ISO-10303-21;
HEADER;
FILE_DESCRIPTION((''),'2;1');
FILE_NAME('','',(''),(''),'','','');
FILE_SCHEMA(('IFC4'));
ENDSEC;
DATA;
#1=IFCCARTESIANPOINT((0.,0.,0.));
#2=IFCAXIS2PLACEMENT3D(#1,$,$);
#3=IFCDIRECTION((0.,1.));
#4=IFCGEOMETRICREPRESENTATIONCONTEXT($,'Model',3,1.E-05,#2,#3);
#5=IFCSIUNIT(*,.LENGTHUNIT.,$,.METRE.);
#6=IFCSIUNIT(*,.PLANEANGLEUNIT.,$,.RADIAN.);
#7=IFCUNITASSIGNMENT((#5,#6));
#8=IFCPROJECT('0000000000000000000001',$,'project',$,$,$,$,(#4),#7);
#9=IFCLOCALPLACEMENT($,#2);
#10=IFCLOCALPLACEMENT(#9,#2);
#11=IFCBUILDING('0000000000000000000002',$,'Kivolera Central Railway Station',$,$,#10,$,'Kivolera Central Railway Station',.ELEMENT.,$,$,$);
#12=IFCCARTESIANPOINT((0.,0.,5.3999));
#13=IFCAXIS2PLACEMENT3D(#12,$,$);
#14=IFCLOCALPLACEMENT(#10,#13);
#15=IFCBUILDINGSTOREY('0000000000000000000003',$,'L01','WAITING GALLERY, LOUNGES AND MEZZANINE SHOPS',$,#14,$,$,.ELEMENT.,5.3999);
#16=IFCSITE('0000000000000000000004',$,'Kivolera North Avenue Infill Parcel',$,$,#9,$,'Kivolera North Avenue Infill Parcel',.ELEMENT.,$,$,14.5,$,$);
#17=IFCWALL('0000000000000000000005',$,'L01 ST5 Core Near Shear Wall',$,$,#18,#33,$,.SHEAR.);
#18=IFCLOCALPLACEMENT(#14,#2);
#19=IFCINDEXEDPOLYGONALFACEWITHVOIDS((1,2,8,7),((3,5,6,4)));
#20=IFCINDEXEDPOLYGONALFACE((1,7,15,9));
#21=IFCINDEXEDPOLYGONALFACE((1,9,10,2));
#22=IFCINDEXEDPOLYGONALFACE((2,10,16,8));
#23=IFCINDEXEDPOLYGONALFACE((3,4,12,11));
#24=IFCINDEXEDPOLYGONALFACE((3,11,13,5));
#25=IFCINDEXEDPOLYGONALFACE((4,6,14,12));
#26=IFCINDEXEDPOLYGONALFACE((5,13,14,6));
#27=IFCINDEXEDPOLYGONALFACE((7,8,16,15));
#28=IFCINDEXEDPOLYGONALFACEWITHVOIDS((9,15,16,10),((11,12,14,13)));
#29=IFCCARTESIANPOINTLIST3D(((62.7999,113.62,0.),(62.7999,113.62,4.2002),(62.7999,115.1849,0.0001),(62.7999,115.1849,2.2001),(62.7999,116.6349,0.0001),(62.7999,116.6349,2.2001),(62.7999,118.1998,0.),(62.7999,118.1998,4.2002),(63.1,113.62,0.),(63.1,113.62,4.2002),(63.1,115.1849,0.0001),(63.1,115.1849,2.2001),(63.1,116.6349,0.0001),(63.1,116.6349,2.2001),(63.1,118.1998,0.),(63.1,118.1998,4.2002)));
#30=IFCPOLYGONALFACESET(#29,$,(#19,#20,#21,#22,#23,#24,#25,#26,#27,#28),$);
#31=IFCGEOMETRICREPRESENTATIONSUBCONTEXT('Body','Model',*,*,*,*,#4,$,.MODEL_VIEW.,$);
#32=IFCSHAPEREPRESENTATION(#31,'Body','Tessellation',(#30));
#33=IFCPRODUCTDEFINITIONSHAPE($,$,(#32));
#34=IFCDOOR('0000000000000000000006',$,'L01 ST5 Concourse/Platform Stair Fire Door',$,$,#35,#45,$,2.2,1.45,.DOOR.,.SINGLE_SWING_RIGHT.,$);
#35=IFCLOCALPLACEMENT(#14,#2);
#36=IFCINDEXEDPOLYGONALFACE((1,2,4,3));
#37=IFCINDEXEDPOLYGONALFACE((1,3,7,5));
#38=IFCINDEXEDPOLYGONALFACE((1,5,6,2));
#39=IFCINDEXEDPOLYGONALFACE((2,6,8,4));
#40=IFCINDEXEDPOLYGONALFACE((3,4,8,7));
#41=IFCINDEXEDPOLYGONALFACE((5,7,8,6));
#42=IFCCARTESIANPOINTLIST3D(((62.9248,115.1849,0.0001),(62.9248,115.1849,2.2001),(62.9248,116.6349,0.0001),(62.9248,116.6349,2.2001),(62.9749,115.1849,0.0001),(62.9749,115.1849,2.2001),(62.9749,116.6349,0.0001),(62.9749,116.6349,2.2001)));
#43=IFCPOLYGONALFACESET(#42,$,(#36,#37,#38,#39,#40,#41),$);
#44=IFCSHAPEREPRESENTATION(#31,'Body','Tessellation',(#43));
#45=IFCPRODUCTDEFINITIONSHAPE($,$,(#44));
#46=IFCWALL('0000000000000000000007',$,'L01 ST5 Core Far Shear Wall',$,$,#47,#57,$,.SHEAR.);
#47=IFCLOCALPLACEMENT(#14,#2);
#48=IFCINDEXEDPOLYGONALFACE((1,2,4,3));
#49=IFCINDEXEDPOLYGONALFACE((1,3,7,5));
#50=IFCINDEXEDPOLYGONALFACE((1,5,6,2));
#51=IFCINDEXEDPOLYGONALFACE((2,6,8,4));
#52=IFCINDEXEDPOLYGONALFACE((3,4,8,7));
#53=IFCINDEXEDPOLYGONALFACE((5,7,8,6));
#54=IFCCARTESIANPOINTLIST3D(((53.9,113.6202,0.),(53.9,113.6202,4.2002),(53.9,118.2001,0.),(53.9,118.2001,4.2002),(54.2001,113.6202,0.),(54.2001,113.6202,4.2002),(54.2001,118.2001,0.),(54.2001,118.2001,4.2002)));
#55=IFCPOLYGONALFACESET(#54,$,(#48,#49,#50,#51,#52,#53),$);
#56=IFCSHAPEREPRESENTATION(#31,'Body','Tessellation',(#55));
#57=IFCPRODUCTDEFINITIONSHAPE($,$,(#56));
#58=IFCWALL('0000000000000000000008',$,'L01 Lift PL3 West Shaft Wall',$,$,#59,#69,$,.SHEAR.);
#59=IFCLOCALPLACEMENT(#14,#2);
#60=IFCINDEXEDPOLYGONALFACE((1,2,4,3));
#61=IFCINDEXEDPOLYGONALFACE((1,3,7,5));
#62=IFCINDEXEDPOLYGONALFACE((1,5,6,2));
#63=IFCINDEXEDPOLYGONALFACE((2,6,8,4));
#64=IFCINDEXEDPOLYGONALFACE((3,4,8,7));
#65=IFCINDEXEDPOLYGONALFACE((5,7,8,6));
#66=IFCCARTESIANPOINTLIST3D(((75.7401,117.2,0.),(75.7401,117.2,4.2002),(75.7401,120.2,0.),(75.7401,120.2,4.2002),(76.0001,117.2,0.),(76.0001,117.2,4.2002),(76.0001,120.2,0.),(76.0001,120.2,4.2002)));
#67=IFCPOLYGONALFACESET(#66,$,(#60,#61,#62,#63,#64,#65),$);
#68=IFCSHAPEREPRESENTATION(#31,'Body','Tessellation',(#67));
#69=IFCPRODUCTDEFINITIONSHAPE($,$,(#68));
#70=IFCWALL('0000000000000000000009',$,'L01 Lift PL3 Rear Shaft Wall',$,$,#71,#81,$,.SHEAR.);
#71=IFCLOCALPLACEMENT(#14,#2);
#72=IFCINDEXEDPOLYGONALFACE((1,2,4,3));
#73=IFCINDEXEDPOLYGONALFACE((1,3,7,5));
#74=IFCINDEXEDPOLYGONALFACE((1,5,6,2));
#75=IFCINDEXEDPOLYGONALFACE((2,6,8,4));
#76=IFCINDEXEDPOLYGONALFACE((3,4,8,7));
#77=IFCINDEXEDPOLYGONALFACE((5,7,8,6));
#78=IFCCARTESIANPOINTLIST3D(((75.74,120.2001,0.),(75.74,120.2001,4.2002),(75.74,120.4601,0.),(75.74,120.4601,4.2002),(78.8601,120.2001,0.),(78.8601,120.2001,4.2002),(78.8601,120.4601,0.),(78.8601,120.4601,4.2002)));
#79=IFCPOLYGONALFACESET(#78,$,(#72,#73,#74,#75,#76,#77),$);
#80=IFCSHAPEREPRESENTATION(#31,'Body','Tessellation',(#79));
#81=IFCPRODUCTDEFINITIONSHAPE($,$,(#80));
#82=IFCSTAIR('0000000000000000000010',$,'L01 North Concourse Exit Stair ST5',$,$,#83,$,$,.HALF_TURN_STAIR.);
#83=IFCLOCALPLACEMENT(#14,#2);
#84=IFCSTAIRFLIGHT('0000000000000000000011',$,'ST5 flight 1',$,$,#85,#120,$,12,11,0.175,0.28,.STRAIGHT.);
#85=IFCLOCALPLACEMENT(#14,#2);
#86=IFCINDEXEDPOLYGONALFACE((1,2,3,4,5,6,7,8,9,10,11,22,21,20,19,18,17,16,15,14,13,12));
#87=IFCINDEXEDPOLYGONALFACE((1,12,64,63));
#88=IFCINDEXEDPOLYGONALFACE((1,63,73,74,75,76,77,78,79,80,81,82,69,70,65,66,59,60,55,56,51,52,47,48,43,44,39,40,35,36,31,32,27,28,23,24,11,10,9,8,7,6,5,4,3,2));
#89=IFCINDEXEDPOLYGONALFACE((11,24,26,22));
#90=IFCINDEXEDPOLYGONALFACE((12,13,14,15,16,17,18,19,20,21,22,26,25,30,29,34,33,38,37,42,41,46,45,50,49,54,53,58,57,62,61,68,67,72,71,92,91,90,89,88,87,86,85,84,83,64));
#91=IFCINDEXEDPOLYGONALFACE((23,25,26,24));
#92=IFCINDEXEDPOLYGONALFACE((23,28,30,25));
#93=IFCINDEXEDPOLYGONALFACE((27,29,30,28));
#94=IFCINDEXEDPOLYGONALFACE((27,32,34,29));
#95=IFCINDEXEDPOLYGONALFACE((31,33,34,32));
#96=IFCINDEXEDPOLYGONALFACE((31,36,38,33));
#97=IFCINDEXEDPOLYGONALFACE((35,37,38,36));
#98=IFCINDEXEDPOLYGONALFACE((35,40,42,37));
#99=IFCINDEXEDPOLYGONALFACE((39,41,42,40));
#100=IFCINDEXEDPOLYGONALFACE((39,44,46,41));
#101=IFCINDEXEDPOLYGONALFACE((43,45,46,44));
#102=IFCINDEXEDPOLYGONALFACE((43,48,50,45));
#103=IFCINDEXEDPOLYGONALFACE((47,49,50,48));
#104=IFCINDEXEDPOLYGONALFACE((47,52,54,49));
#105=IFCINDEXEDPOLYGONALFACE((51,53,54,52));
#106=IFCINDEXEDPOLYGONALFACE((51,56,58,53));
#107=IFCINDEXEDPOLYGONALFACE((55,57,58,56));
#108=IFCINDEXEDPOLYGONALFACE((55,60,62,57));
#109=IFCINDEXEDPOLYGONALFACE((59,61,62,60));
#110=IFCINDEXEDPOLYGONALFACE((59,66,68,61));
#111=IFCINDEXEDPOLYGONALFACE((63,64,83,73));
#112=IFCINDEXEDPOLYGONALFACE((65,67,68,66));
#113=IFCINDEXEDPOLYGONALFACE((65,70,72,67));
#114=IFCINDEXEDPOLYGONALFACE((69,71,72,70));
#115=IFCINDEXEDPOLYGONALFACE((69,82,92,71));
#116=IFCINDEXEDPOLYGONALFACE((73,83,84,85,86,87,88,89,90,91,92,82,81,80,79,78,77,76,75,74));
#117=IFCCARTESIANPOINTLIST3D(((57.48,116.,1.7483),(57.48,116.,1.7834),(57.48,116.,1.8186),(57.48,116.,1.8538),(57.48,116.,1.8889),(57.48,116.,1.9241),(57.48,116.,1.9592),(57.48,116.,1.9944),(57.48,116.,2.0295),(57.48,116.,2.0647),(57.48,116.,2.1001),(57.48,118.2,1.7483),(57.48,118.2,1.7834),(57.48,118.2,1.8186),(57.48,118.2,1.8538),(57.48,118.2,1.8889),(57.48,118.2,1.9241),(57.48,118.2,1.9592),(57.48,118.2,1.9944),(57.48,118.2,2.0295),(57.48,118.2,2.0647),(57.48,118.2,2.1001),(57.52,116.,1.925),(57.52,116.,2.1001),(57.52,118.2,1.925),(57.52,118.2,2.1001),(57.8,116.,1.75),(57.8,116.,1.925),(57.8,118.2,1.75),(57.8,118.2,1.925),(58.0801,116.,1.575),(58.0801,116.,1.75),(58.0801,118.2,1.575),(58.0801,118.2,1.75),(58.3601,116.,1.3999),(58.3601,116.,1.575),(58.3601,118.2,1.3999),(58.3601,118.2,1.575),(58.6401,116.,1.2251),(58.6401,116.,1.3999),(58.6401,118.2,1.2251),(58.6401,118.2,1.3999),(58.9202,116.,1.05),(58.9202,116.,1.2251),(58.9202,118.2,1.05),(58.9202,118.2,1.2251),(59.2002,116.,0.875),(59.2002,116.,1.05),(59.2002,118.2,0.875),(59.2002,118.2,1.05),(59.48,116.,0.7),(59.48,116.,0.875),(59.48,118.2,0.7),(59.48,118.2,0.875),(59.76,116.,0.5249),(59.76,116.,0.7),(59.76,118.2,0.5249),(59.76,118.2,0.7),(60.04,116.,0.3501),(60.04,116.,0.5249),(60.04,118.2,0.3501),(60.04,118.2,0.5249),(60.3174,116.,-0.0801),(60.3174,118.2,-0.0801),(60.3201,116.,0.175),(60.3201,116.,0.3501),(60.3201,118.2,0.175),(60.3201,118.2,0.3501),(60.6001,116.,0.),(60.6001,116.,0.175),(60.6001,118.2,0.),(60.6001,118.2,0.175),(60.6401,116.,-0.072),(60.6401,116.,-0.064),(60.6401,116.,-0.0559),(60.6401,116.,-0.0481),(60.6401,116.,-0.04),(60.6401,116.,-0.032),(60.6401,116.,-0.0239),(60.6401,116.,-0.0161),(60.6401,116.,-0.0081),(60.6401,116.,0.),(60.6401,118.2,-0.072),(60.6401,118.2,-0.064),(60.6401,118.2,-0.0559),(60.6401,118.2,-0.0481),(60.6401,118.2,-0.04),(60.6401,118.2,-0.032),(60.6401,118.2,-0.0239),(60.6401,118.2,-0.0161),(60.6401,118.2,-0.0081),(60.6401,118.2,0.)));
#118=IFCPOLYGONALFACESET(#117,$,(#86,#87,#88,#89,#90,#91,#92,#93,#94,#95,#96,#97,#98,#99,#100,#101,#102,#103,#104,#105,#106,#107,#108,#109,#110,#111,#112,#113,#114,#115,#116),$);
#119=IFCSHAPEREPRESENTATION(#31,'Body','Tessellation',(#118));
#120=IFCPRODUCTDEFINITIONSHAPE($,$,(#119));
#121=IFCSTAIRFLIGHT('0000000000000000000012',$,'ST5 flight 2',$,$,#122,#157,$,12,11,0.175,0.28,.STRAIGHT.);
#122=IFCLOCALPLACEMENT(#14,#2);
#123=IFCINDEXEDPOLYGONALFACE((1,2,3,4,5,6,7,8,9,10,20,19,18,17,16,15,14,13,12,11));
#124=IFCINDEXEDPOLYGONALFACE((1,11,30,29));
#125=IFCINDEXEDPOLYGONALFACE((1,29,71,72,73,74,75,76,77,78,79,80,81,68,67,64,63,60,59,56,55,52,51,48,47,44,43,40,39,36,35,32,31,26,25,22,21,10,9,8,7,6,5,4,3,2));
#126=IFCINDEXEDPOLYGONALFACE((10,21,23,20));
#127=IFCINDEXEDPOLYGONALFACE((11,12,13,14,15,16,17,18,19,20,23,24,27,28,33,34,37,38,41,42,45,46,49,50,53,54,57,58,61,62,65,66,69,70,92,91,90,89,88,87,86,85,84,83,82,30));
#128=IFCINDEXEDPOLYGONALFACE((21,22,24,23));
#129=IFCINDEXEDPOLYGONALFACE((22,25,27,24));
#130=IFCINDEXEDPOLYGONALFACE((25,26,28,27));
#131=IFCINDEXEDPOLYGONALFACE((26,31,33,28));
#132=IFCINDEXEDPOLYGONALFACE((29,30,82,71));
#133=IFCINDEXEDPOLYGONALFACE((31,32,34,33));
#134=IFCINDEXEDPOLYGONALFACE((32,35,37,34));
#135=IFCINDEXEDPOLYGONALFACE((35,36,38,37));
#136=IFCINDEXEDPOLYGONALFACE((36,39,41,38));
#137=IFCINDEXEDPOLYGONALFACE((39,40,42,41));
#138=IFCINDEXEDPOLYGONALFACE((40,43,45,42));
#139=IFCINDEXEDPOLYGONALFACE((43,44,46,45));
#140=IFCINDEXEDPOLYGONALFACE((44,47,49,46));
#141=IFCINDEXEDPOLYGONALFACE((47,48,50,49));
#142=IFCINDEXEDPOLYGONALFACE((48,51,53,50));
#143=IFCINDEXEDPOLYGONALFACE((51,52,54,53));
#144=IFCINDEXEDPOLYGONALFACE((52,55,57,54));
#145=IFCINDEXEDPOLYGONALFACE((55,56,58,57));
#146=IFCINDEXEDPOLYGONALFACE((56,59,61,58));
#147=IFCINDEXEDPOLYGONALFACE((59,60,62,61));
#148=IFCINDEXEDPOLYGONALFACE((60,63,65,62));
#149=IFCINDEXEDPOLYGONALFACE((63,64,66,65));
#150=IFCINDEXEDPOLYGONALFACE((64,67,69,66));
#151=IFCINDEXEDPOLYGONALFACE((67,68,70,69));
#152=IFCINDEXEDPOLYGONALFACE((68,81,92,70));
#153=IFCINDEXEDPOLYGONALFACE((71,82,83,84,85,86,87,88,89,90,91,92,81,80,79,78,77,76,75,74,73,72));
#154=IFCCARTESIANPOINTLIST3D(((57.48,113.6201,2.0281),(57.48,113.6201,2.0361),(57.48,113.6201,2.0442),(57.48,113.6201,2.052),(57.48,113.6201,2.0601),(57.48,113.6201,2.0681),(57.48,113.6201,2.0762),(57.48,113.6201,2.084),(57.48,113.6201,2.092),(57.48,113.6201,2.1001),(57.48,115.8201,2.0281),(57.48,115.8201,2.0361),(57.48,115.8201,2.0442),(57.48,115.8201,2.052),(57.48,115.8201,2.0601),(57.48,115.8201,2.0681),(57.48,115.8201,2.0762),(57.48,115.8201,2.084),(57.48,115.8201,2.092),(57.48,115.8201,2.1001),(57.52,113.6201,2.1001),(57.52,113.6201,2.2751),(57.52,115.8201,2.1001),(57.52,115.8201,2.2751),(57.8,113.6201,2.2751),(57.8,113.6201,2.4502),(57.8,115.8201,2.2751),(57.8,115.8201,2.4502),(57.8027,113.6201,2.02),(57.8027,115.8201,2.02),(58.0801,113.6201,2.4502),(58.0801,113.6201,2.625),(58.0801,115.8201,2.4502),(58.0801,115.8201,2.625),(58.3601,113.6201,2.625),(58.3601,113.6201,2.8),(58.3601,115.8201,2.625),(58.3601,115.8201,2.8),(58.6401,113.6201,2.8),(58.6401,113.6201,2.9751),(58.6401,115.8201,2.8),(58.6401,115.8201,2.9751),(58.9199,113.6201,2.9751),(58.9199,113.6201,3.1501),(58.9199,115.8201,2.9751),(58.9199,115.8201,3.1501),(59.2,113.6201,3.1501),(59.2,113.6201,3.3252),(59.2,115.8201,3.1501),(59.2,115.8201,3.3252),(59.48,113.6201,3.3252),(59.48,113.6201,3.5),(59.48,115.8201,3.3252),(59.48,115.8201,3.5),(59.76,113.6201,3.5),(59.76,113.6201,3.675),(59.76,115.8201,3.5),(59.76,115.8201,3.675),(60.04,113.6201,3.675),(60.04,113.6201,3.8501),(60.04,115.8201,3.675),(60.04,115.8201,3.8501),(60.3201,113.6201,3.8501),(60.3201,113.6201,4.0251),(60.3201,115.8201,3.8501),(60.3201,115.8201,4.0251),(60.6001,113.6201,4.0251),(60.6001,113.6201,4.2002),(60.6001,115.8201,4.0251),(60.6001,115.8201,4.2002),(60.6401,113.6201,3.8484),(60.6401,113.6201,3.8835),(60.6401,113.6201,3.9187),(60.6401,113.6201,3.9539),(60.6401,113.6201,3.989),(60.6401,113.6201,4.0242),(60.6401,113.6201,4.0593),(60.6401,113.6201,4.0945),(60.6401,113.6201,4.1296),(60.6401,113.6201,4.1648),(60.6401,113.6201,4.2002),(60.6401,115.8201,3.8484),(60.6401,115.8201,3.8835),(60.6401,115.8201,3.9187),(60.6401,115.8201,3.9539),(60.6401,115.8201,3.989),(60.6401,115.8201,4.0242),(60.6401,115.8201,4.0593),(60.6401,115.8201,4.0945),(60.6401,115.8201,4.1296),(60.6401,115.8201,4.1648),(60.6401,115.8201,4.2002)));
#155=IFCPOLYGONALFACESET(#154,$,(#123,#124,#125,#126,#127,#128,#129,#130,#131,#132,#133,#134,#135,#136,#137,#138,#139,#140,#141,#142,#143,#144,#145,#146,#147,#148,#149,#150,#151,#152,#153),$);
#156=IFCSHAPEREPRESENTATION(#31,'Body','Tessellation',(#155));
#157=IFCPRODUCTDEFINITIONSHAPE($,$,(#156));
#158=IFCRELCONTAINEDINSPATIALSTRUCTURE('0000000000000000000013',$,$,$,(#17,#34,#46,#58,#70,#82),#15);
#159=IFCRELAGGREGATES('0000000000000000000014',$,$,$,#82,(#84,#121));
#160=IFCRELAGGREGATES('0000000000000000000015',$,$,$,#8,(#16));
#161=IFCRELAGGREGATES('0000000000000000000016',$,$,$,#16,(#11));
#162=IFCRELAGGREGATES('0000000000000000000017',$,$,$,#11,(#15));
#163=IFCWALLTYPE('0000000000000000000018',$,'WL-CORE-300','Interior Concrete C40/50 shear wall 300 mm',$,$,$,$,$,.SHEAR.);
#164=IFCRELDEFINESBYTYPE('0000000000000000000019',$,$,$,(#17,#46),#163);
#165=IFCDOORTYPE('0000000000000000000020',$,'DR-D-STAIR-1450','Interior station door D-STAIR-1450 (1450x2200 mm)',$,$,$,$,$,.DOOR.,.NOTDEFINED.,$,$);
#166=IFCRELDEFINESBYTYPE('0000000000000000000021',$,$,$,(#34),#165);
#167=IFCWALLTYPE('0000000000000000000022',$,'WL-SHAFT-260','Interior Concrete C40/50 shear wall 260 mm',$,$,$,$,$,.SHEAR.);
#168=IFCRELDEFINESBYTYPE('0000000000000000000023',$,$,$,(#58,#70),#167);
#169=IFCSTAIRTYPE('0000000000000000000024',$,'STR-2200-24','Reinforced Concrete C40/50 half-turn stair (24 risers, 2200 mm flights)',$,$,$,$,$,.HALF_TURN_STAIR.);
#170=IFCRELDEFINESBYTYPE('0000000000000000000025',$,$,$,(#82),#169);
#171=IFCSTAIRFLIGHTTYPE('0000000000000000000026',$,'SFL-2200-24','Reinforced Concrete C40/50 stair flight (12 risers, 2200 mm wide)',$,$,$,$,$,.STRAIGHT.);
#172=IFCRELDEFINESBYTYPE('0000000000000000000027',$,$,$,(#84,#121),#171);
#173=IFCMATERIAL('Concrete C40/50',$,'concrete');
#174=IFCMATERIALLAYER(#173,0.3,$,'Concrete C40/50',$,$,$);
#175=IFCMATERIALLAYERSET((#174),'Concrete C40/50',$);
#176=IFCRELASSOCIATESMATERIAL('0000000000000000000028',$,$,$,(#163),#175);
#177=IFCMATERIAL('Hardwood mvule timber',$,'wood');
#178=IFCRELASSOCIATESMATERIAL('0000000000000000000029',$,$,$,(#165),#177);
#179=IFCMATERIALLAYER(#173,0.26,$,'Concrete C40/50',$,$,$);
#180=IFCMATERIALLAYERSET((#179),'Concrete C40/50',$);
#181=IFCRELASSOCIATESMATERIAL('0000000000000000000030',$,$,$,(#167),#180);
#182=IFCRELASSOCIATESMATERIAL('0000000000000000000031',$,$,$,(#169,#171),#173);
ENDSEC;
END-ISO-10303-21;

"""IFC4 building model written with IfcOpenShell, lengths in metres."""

from ifc_helpers import new_model, si_unit, direction, frame, frame_2d, origin, place, context, subcontext, project, spatial, polyline, rectangle, outline, extrude, material, layer, layer_set, type_object, element, fill, aggregate, save


model = new_model("IFC4")

# Units and contexts
model_context = context("Model", 3, precision=1e-05, world=origin(), true_north=direction((0.0, 1.0)))
body_context = subcontext(model_context, "Body", "Model", "MODEL_VIEW")
ifc_project = project(units=[si_unit("LENGTHUNIT", "METRE"), si_unit("PLANEANGLEUNIT", "RADIAN")], contexts=[model_context])

# Site, building, storey
site_placement = place(None, origin())
site = spatial("IfcSite", under=ifc_project, at=site_placement, Name="Kivolera North Avenue Infill Parcel", LongName="Kivolera North Avenue Infill Parcel", CompositionType="ELEMENT", RefElevation=14.5)
building_placement = place(site_placement, origin())
building = spatial("IfcBuilding", under=site, at=building_placement, Name="Kivolera Central Railway Station", LongName="Kivolera Central Railway Station", CompositionType="ELEMENT")
storey_placement = place(building_placement, frame((0.0, 0.0, 5.3999)))
storey = spatial("IfcBuildingStorey", under=building, at=storey_placement, Name="L01", Description="WAITING GALLERY, LOUNGES AND MEZZANINE SHOPS", CompositionType="ELEMENT", Elevation=5.3999)

# Shared definitions
ifc_material_1 = material(Name="Concrete C40/50", Category="concrete")

# Shared definitions
ifc_layer_1 = layer(ifc_material_1, 0.3, Name="Concrete C40/50")
ifc_layer_set_1 = layer_set([ifc_layer_1], Name="Concrete C40/50")
wall_type_1 = type_object("IfcWallType", Name="WL-CORE-300", Description="Interior Concrete C40/50 shear wall 300 mm", PredefinedType="SHEAR", material=ifc_layer_set_1)

# Wall, opening, door
wall_1_placement = place(storey_placement, frame((62.95, 118.2, 0.0), z_axis=(0.0, 0.0, 1.0), x_axis=(0.0, -1.0, 0.0)))
wall_1 = element("IfcWall", 1, at=wall_1_placement, inside=storey, type_object=wall_type_1, Name="L01 ST5 Core Near Shear Wall", PredefinedType="SHEAR", context=body_context, shape_type="SweptSolid", body=[
    extrude(rectangle(XDim=4.5798, YDim=0.3, at=frame_2d((2.29, 0.0))), origin(), (0.0, 0.0, 1.0), 4.2002),
])
opening_1_placement = place(wall_1_placement, frame((1.5649, 0.0, 0.0)))
opening_1 = element("IfcOpeningElement", 2, at=opening_1_placement, cuts=wall_1, PredefinedType="OPENING", context=body_context, shape_type="SweptSolid", body=[
    extrude(rectangle(XDim=1.45, YDim=2.2, at=frame_2d((0.7251, 1.1001))), frame((0.0, 0.1599, 0.0), z_axis=(0.0, -1.0, 0.0), x_axis=(1.0, 0.0, 0.0)), (0.0, 0.0, 1.0), 0.3201),
])
ifc_material_2 = material(Name="Hardwood mvule timber", Category="wood")
door_type_1 = type_object("IfcDoorType", Name="DR-D-STAIR-1450", Description="Interior station door D-STAIR-1450 (1450x2200 mm)", OperationType="NOTDEFINED", PredefinedType="DOOR", material=ifc_material_2)
door_1_placement = place(opening_1_placement, origin())
door_1 = element("IfcDoor", 3, at=door_1_placement, inside=storey, type_object=door_type_1, Name="L01 ST5 Concourse/Platform Stair Fire Door", OperationType="SINGLE_SWING_RIGHT", OverallHeight=2.2, OverallWidth=1.45, PredefinedType="DOOR", context=body_context, shape_type="SweptSolid", body=[
    extrude(rectangle(XDim=1.45, YDim=2.2, at=frame_2d((0.7251, 1.1001))), frame((0.0, 0.0249, 0.0), z_axis=(0.0, -1.0, 0.0), x_axis=(1.0, 0.0, 0.0)), (0.0, 0.0, 1.0), 0.05),
])
fill(opening_1, door_1)

# Wall
wall_2_placement = place(storey_placement, frame((54.05, 113.6201, 0.0), z_axis=(0.0, 0.0, 1.0), x_axis=(0.0, 1.0, 0.0)))
element("IfcWall", 4, at=wall_2_placement, inside=storey, type_object=wall_type_1, Name="L01 ST5 Core Far Shear Wall", PredefinedType="SHEAR", context=body_context, shape_type="SweptSolid", body=[
    extrude(rectangle(XDim=4.5798, YDim=0.3, at=frame_2d((2.29, 0.0))), origin(), (0.0, 0.0, 1.0), 4.2002),
])

# Shared definitions
ifc_layer_2 = layer(ifc_material_1, 0.26, Name="Concrete C40/50")
ifc_layer_set_2 = layer_set([ifc_layer_2], Name="Concrete C40/50")
wall_type_2 = type_object("IfcWallType", Name="WL-SHAFT-260", Description="Interior Concrete C40/50 shear wall 260 mm", PredefinedType="SHEAR", material=ifc_layer_set_2)

# Walls
wall_3_placement = place(storey_placement, frame((75.8701, 117.2, 0.0), z_axis=(0.0, 0.0, 1.0), x_axis=(0.0, 1.0, 0.0)))
element("IfcWall", 5, at=wall_3_placement, inside=storey, type_object=wall_type_2, Name="L01 Lift PL3 West Shaft Wall", PredefinedType="SHEAR", context=body_context, shape_type="SweptSolid", body=[
    extrude(rectangle(XDim=3.0, YDim=0.26, at=frame_2d((1.5, 0.0))), origin(), (0.0, 0.0, 1.0), 4.2002),
])
wall_4_placement = place(storey_placement, frame((75.74, 120.3301, 0.0), z_axis=(0.0, 0.0, 1.0), x_axis=(1.0, 0.0, 0.0)))
element("IfcWall", 6, at=wall_4_placement, inside=storey, type_object=wall_type_2, Name="L01 Lift PL3 Rear Shaft Wall", PredefinedType="SHEAR", context=body_context, shape_type="SweptSolid", body=[
    extrude(rectangle(XDim=3.1201, YDim=0.26, at=frame_2d((1.5601, 0.0))), origin(), (0.0, 0.0, 1.0), 4.2002),
])

# Stair, stair flights
stair_type = type_object("IfcStairType", Name="STR-2200-24", Description="Reinforced Concrete C40/50 half-turn stair (24 risers, 2200 mm flights)", PredefinedType="HALF_TURN_STAIR", material=ifc_material_1)
stair_placement = place(storey_placement, origin())
stair = element("IfcStair", 7, at=stair_placement, inside=storey, type_object=stair_type, Name="L01 North Concourse Exit Stair ST5", PredefinedType="HALF_TURN_STAIR")
stair_flight_type = type_object("IfcStairFlightType", Name="SFL-2200-24", Description="Reinforced Concrete C40/50 stair flight (12 risers, 2200 mm wide)", PredefinedType="STRAIGHT", material=ifc_material_1)
stair_flight_1_placement = place(storey_placement, frame((60.6001, 117.1001, 0.0), z_axis=(0.0, 0.0, 1.0), x_axis=(-1.0, 0.0, 0.0)))
stair_flight_1 = element("IfcStairFlight", 8, at=stair_flight_1_placement, type_object=stair_flight_type, Name="ST5 flight 1", NumberOfRisers=12, NumberOfTreads=11, PredefinedType="STRAIGHT", RiserHeight=0.175, TreadLength=0.28, context=body_context, shape_type="SweptSolid", body=[
    extrude(outline(polyline([(-0.04, 0.0), (0.0, 0.0), (0.0, 0.175), (0.28, 0.175), (0.28, 0.3501), (0.5601, 0.3501), (0.5601, 0.5249), (0.8401, 0.5249), (0.8401, 0.7), (1.1201, 0.7), (1.1201, 0.875), (1.3999, 0.875), (1.3999, 1.05), (1.6799, 1.05), (1.6799, 1.2251), (1.96, 1.2251), (1.96, 1.3999), (2.24, 1.3999), (2.24, 1.575), (2.52, 1.575), (2.52, 1.75), (2.8, 1.75), (2.8, 1.925), (3.0801, 1.925), (3.0801, 2.1001), (3.1201, 2.1001), (3.1201, 2.0647), (3.1201, 2.0295), (3.1201, 1.9944), (3.1201, 1.9592), (3.1201, 1.9241), (3.1201, 1.8889), (3.1201, 1.8538), (3.1201, 1.8186), (3.1201, 1.7834), (3.1201, 1.7483), (0.2827, -0.0801), (-0.04, -0.072), (-0.04, -0.064), (-0.04, -0.0559), (-0.04, -0.0481), (-0.04, -0.04), (-0.04, -0.032), (-0.04, -0.0239), (-0.04, -0.0161), (-0.04, -0.0081), (-0.04, 0.0)])), frame((0.0, 1.1001, 0.0), z_axis=(0.0, -1.0, 0.0), x_axis=(1.0, 0.0, 0.0)), (0.0, 0.0, 1.0), 2.2),
])
stair_flight_2_placement = place(storey_placement, frame((57.52, 114.72, 2.1001), z_axis=(0.0, 0.0, 1.0), x_axis=(1.0, 0.0, 0.0)))
stair_flight_2 = element("IfcStairFlight", 9, at=stair_flight_2_placement, type_object=stair_flight_type, Name="ST5 flight 2", NumberOfRisers=12, NumberOfTreads=11, PredefinedType="STRAIGHT", RiserHeight=0.175, TreadLength=0.28, context=body_context, shape_type="SweptSolid", body=[
    extrude(outline(polyline([(-0.04, 0.0), (0.0, 0.0), (0.0, 0.175), (0.28, 0.175), (0.28, 0.3501), (0.5601, 0.3501), (0.5601, 0.5249), (0.8401, 0.5249), (0.8401, 0.7), (1.1201, 0.7), (1.1201, 0.875), (1.3999, 0.875), (1.3999, 1.05), (1.6799, 1.05), (1.6799, 1.2251), (1.96, 1.2251), (1.96, 1.3999), (2.24, 1.3999), (2.24, 1.575), (2.52, 1.575), (2.52, 1.75), (2.8, 1.75), (2.8, 1.925), (3.0801, 1.925), (3.0801, 2.1001), (3.1201, 2.1001), (3.1201, 2.0647), (3.1201, 2.0295), (3.1201, 1.9944), (3.1201, 1.9592), (3.1201, 1.9241), (3.1201, 1.8889), (3.1201, 1.8538), (3.1201, 1.8186), (3.1201, 1.7834), (3.1201, 1.7483), (0.2827, -0.0801), (-0.04, -0.072), (-0.04, -0.064), (-0.04, -0.0559), (-0.04, -0.0481), (-0.04, -0.04), (-0.04, -0.032), (-0.04, -0.0239), (-0.04, -0.0161), (-0.04, -0.0081), (-0.04, 0.0)])), frame((0.0, 1.1001, 0.0), z_axis=(0.0, -1.0, 0.0), x_axis=(1.0, 0.0, 0.0)), (0.0, 0.0, 1.0), 2.2),
])
aggregate(stair, [stair_flight_1, stair_flight_2])

save(model, "model.ifc")
